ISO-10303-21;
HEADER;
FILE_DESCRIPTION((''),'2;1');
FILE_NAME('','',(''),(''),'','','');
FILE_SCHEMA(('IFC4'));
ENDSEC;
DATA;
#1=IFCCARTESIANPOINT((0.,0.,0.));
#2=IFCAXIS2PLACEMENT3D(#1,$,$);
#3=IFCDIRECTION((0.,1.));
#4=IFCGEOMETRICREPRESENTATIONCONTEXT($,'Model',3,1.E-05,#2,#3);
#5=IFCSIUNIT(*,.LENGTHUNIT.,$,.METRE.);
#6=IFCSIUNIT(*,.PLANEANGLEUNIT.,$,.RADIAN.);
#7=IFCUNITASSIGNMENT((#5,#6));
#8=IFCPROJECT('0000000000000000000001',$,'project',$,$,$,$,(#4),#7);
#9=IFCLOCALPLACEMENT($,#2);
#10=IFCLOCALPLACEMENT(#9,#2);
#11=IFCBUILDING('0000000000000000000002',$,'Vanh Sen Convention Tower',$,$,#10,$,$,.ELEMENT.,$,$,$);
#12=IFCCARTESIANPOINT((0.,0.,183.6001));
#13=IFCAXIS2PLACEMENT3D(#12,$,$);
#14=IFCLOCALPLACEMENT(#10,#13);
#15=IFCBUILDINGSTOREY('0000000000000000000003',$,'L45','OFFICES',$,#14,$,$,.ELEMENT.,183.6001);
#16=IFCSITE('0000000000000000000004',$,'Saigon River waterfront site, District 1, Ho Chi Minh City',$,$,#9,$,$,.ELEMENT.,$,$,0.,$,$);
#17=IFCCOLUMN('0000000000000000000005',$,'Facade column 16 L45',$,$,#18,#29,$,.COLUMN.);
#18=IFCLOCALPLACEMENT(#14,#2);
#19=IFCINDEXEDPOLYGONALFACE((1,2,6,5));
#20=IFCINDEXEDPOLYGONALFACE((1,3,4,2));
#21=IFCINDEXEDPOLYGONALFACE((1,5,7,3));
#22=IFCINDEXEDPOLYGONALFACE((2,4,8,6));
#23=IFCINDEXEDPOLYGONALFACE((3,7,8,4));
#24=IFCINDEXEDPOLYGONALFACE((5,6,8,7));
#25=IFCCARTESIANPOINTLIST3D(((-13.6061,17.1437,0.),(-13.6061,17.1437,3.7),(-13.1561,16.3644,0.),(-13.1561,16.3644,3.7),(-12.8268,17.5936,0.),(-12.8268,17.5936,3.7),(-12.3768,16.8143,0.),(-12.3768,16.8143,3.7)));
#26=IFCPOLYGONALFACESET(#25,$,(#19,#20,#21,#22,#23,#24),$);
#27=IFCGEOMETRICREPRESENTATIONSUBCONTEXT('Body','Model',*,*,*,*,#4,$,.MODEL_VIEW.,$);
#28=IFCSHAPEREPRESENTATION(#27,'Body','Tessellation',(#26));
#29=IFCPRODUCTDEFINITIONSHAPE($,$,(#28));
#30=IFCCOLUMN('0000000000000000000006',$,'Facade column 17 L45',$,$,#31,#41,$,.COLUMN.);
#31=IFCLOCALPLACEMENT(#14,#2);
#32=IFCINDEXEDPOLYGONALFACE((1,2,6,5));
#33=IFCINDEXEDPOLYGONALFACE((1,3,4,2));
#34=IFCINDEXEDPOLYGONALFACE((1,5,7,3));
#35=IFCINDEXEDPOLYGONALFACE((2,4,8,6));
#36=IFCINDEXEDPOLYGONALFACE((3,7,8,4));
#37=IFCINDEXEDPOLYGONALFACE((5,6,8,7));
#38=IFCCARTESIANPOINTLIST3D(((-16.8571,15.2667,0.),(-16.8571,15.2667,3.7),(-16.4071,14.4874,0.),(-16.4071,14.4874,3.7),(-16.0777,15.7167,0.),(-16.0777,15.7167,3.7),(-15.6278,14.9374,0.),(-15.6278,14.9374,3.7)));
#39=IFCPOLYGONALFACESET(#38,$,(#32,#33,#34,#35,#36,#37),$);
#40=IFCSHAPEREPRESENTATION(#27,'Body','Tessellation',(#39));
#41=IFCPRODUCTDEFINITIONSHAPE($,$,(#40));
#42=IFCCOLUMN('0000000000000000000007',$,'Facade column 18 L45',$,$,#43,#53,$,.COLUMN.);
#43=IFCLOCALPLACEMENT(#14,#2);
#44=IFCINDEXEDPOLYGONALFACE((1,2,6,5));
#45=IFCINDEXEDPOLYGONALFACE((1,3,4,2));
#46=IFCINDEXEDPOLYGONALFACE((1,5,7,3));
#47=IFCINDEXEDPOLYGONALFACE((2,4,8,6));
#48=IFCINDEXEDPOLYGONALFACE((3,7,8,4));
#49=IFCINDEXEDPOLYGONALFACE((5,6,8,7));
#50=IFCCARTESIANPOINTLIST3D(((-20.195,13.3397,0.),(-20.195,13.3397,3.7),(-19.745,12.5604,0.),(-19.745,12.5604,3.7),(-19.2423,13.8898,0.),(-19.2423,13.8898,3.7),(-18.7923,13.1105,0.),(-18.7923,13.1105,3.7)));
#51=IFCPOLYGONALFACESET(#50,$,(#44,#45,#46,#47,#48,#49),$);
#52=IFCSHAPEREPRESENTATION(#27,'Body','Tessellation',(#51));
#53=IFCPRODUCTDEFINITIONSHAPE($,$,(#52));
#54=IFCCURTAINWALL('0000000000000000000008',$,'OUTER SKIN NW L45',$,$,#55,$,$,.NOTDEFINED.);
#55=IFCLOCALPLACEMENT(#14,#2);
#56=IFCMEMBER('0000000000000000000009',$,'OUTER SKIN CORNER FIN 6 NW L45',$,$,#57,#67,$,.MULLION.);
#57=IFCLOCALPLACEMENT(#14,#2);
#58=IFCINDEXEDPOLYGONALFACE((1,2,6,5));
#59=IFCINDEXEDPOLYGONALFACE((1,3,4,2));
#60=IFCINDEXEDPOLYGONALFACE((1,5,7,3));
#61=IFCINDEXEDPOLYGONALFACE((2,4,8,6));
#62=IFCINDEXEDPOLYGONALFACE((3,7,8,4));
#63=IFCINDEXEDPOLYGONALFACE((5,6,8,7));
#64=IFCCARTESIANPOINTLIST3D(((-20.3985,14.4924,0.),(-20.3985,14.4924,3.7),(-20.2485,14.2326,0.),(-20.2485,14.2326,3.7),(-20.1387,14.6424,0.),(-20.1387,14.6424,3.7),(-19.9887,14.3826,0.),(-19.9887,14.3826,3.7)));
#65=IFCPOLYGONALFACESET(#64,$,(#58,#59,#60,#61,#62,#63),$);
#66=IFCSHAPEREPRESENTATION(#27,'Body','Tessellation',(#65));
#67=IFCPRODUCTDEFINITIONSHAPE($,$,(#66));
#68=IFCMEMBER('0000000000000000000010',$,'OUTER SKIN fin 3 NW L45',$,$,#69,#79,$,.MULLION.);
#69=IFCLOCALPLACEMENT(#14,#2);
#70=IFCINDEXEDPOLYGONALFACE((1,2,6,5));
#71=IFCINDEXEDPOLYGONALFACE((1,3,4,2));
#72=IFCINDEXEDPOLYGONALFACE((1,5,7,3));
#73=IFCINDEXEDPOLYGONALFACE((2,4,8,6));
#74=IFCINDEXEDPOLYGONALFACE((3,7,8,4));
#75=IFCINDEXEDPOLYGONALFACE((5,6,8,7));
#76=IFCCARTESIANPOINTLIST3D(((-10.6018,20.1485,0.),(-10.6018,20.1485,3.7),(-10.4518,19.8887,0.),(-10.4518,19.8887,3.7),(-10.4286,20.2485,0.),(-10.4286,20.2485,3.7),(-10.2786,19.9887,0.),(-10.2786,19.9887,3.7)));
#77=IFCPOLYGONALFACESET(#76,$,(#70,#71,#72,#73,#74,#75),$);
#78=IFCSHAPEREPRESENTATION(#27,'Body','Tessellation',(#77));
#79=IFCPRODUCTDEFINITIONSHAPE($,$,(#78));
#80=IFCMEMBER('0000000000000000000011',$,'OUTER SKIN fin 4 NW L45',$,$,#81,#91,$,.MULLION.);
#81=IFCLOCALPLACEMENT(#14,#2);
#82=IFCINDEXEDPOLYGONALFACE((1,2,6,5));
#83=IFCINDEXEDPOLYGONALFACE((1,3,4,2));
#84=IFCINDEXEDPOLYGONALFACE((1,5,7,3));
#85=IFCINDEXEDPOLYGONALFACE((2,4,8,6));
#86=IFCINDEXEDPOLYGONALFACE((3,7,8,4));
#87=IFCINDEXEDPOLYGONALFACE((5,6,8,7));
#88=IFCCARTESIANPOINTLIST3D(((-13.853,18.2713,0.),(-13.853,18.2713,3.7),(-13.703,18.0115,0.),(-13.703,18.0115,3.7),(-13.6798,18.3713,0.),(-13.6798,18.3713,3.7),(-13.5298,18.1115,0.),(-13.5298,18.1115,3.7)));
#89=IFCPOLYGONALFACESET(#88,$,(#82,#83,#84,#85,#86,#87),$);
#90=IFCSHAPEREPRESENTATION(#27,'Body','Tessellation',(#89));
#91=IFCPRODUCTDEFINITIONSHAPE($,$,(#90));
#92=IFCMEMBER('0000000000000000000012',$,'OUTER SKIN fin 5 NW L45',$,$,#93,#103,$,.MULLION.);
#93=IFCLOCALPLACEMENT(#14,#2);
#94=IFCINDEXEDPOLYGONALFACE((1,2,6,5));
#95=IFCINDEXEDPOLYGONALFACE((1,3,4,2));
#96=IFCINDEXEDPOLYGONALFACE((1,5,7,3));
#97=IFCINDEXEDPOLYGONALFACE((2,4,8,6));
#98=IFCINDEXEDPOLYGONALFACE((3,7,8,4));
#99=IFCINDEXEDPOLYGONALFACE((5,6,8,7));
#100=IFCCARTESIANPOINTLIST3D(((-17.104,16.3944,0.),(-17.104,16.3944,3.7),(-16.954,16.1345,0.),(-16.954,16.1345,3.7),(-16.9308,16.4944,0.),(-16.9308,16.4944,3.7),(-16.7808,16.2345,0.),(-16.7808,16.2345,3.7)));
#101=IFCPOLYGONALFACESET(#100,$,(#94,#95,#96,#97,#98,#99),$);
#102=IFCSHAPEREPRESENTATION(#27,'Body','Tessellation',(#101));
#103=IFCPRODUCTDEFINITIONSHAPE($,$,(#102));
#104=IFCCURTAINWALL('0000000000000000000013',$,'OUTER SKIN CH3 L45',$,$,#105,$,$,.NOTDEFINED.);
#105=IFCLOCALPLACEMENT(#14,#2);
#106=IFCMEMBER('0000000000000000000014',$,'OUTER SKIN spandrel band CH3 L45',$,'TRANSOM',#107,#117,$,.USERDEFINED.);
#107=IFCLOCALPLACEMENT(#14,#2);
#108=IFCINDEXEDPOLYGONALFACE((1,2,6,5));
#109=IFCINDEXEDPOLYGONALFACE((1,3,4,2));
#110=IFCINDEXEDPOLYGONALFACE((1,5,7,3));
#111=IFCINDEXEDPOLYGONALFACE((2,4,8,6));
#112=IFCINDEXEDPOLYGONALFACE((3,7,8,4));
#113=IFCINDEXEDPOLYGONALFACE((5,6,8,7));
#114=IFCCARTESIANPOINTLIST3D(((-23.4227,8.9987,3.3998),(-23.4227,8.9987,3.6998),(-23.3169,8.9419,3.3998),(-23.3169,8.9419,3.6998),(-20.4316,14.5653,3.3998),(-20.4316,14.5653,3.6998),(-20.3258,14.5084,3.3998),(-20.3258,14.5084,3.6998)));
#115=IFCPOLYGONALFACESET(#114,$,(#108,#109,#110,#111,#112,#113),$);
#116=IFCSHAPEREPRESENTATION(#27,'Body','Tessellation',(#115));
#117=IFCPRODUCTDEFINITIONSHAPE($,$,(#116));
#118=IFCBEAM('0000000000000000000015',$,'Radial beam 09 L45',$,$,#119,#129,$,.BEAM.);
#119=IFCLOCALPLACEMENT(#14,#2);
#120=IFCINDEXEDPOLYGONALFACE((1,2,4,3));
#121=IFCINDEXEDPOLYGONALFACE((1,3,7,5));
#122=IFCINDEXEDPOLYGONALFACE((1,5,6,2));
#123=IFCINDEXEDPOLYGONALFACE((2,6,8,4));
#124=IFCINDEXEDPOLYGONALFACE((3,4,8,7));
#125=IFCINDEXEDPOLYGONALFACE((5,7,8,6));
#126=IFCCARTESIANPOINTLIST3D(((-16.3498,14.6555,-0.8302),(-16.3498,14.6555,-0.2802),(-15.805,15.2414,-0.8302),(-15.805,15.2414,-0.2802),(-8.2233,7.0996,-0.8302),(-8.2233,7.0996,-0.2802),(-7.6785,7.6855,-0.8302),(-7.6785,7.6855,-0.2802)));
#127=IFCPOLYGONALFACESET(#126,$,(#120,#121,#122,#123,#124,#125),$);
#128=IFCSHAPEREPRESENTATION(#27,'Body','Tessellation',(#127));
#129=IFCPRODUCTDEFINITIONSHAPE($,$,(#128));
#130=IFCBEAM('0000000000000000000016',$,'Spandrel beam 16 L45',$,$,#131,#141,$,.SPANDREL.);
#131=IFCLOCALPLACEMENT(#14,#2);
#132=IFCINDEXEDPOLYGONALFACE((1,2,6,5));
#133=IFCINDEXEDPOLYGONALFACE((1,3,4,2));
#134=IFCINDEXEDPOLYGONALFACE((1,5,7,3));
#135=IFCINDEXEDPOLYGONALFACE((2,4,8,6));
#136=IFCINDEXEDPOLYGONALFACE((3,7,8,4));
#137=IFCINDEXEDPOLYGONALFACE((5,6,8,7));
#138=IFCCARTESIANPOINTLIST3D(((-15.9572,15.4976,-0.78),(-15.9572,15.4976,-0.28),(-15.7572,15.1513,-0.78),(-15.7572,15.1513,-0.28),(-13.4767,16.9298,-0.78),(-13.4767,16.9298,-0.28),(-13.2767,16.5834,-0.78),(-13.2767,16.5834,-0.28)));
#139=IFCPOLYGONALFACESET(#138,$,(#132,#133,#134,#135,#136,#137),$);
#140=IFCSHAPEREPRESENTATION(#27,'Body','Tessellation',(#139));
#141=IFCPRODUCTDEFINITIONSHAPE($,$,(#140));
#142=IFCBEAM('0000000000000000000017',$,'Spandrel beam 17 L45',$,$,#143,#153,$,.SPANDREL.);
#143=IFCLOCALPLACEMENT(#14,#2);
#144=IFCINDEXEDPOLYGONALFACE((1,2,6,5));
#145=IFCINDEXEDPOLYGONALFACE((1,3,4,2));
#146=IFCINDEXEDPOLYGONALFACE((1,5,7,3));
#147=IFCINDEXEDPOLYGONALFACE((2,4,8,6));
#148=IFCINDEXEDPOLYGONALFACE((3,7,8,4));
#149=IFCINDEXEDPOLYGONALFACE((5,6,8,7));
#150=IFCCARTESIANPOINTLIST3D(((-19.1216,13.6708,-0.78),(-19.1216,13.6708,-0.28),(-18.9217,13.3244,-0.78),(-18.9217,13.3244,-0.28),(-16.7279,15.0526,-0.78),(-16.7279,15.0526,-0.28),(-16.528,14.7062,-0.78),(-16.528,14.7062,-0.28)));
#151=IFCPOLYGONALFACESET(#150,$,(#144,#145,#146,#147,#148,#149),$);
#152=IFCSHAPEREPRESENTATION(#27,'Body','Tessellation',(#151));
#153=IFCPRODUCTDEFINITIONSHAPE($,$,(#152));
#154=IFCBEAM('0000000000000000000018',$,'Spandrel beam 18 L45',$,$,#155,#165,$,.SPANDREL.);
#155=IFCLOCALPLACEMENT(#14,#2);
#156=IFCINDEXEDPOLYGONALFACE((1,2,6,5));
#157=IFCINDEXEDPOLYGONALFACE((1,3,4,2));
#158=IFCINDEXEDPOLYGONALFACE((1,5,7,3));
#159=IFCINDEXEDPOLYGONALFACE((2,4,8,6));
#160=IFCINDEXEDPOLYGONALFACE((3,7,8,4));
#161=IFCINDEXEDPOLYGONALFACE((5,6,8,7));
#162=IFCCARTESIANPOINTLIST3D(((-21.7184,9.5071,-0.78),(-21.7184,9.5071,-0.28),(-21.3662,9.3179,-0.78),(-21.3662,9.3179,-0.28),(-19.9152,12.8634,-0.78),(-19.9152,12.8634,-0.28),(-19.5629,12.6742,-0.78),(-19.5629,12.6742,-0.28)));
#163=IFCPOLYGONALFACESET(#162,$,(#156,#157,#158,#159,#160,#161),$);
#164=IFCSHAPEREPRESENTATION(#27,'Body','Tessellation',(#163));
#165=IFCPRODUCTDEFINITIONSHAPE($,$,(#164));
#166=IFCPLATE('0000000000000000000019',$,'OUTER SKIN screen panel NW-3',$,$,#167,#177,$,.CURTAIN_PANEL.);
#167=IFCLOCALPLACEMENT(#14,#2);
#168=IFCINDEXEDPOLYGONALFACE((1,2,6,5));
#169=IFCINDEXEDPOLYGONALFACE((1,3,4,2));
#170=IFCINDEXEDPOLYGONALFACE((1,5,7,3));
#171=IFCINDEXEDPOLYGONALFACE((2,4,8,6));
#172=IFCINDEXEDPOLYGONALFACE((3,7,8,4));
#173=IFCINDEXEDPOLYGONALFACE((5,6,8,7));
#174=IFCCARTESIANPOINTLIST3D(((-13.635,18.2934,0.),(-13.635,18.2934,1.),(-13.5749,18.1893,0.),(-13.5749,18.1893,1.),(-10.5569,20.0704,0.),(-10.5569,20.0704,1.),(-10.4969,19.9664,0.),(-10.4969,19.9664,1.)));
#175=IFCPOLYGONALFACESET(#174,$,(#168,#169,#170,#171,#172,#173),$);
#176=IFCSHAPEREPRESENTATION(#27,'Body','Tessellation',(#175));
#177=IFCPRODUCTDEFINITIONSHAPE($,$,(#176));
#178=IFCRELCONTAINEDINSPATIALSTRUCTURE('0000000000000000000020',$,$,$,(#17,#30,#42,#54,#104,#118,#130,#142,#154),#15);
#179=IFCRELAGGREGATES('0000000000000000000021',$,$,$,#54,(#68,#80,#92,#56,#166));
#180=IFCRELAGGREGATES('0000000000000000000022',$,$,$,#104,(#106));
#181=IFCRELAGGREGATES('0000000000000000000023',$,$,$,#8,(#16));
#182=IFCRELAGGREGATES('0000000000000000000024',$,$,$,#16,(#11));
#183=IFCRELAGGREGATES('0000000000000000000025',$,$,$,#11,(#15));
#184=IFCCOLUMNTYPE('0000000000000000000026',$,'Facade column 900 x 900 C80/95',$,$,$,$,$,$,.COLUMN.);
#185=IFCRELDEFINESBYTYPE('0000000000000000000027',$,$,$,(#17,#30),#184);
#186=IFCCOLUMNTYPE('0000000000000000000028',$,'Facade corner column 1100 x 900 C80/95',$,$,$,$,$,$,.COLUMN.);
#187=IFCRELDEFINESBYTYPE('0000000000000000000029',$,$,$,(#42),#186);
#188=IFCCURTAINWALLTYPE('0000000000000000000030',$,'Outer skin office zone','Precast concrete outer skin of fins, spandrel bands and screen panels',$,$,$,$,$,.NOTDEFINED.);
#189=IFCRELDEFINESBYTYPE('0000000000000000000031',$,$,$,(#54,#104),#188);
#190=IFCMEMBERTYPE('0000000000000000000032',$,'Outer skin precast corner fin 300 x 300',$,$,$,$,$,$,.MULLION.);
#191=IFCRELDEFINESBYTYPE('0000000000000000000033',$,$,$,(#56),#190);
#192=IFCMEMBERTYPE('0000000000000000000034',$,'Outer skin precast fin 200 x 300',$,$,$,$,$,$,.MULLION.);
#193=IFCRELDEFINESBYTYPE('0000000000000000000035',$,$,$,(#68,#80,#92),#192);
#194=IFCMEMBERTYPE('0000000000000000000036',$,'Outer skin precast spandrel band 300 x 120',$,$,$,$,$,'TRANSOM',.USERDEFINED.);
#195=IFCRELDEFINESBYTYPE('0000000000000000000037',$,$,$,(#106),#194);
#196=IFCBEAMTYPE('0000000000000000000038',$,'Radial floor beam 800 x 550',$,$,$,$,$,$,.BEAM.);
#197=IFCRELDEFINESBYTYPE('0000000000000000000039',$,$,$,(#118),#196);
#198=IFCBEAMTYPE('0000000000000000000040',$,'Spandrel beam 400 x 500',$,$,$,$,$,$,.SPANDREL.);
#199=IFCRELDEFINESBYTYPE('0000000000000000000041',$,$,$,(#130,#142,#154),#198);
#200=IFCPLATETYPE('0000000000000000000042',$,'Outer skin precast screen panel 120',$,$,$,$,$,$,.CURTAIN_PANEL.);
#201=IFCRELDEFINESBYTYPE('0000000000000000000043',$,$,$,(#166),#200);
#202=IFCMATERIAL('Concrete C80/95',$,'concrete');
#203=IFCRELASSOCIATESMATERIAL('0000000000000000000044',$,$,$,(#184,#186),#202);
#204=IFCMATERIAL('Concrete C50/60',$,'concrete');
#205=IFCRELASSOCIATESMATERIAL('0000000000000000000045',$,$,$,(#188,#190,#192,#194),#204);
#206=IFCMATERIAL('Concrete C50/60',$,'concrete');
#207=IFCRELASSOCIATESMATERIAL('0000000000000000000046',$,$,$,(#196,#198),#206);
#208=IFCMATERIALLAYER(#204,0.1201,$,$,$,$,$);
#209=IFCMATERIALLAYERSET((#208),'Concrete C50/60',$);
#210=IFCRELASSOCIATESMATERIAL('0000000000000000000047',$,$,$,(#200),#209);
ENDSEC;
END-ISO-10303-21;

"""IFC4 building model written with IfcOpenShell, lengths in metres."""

from ifc_helpers import new_model, si_unit, direction, frame, origin, origin_2d, place, context, subcontext, project, spatial, rectangle, extrude, material, layer, layer_set, material_profile, profile_set, type_object, element, aggregate, save


model = new_model("IFC4")

# Units and contexts
model_context = context("Model", 3, precision=1e-05, world=origin(), true_north=direction((0.0, 1.0)))
body_context = subcontext(model_context, "Body", "Model", "MODEL_VIEW")
ifc_project = project(units=[si_unit("LENGTHUNIT", "METRE"), si_unit("PLANEANGLEUNIT", "RADIAN")], contexts=[model_context])

# Site, building, storey
site_placement = place(None, origin())
site = spatial("IfcSite", under=ifc_project, at=site_placement, Name="Saigon River waterfront site, District 1, Ho Chi Minh City", CompositionType="ELEMENT", RefElevation=0.0)
building_placement = place(site_placement, origin())
building = spatial("IfcBuilding", under=site, at=building_placement, Name="Vanh Sen Convention Tower", CompositionType="ELEMENT")
storey_placement = place(building_placement, frame((0.0, 0.0, 183.6001)))
storey = spatial("IfcBuildingStorey", under=building, at=storey_placement, Name="L45", Description="OFFICES", CompositionType="ELEMENT", Elevation=183.6001)

# Columns
ifc_material_1 = material(Name="Concrete C80/95", Category="concrete")
ifc_material_profile_1 = material_profile(ifc_material_1, rectangle(XDim=0.8999, YDim=0.8999, at=origin_2d()), Name="RC 900X900")
ifc_profile_set_1 = profile_set([ifc_material_profile_1], Name="Concrete C80/95")
column_type_1 = type_object("IfcColumnType", Name="Facade column 900 x 900 C80/95", PredefinedType="COLUMN", material=ifc_profile_set_1)
for number, where, z_axis, x_axis, name in (
    (1, (-12.9915, 16.979, 0.0), (0.0, 0.0, 1.0), (-0.866025, -0.5, 0.0), "Facade column 16 L45"),
    (2, (-16.2424, 15.1021, 0.0), (0.0, 0.0, 1.0), (-0.866025, -0.5, 0.0), "Facade column 17 L45"),
):
    element("IfcColumn", number, at=place(storey_placement, frame(where, z_axis=z_axis, x_axis=x_axis)), inside=storey, type_object=column_type_1, Name=name, PredefinedType="COLUMN", context=body_context, shape_type="SweptSolid", body=[
        extrude(rectangle(XDim=0.8999, YDim=0.8999, at=origin_2d()), origin(), (0.0, 0.0, 1.0), 3.7),
    ])
ifc_material_profile_2 = material_profile(ifc_material_1, rectangle(XDim=1.1001, YDim=0.8999, at=origin_2d()), Name="RC 1100X900")
ifc_profile_set_2 = profile_set([ifc_material_profile_2], Name="Concrete C80/95")
column_type_2 = type_object("IfcColumnType", Name="Facade corner column 1100 x 900 C80/95", PredefinedType="COLUMN", material=ifc_profile_set_2)
column_placement = place(storey_placement, frame((-19.4937, 13.2251, 0.0), z_axis=(0.0, 0.0, 1.0), x_axis=(-0.866025, -0.5, 0.0)))
element("IfcColumn", 3, at=column_placement, inside=storey, type_object=column_type_2, Name="Facade column 18 L45", PredefinedType="COLUMN", context=body_context, shape_type="SweptSolid", body=[
    extrude(rectangle(XDim=1.1001, YDim=0.8999, at=origin_2d()), origin(), (0.0, 0.0, 1.0), 3.7),
])

# Curtain wall, members
ifc_material_2 = material(Name="Concrete C50/60", Category="concrete")
curtain_wall_type = type_object("IfcCurtainWallType", Name="Outer skin office zone", Description="Precast concrete outer skin of fins, spandrel bands and screen panels", PredefinedType="NOTDEFINED", material=ifc_material_2)
curtain_wall_1_placement = place(storey_placement, origin())
curtain_wall_1 = element("IfcCurtainWall", 4, at=curtain_wall_1_placement, inside=storey, type_object=curtain_wall_type, Name="OUTER SKIN NW L45", PredefinedType="NOTDEFINED")
ifc_material_profile_3 = material_profile(ifc_material_2, rectangle(XDim=0.3, YDim=0.3, at=origin_2d()), Name="Outer skin precast corner fin 300 x 300")
ifc_profile_set_3 = profile_set([ifc_material_profile_3], Name="Concrete C50/60")
member_type_1 = type_object("IfcMemberType", Name="Outer skin precast corner fin 300 x 300", PredefinedType="MULLION", material=ifc_profile_set_3)
member_1_placement = place(storey_placement, frame((-20.1936, 14.4375, 0.0), z_axis=(0.0, 0.0, 1.0), x_axis=(-0.866025, -0.5, 0.0)))
member_1 = element("IfcMember", 5, at=member_1_placement, type_object=member_type_1, Name="OUTER SKIN CORNER FIN 6 NW L45", PredefinedType="MULLION", context=body_context, shape_type="SweptSolid", body=[
    extrude(rectangle(XDim=0.3, YDim=0.3, at=origin_2d()), origin(), (0.0, 0.0, 1.0), 3.7),
])
ifc_material_profile_4 = material_profile(ifc_material_2, rectangle(XDim=0.2, YDim=0.3, at=origin_2d()), Name="Outer skin precast fin 200 x 300")
ifc_profile_set_4 = profile_set([ifc_material_profile_4], Name="Concrete C50/60")
member_type_2 = type_object("IfcMemberType", Name="Outer skin precast fin 200 x 300", PredefinedType="MULLION", material=ifc_profile_set_4)
member_2_placement = place(storey_placement, frame((-10.4402, 20.0686, 0.0), z_axis=(0.0, 0.0, 1.0), x_axis=(-0.866025, -0.5, 0.0)))
member_2 = element("IfcMember", 6, at=member_2_placement, type_object=member_type_2, Name="OUTER SKIN fin 3 NW L45", PredefinedType="MULLION", context=body_context, shape_type="SweptSolid", body=[
    extrude(rectangle(XDim=0.2, YDim=0.3, at=origin_2d()), origin(), (0.0, 0.0, 1.0), 3.7),
])
member_3_placement = place(storey_placement, frame((-13.6914, 18.1914, 0.0), z_axis=(0.0, 0.0, 1.0), x_axis=(-0.866025, -0.5, 0.0)))
member_3 = element("IfcMember", 7, at=member_3_placement, type_object=member_type_2, Name="OUTER SKIN fin 4 NW L45", PredefinedType="MULLION", context=body_context, shape_type="SweptSolid", body=[
    extrude(rectangle(XDim=0.2, YDim=0.3, at=origin_2d()), origin(), (0.0, 0.0, 1.0), 3.7),
])
member_4_placement = place(storey_placement, frame((-16.9424, 16.3145, 0.0), z_axis=(0.0, 0.0, 1.0), x_axis=(-0.866025, -0.5, 0.0)))
member_4 = element("IfcMember", 8, at=member_4_placement, type_object=member_type_2, Name="OUTER SKIN fin 5 NW L45", PredefinedType="MULLION", context=body_context, shape_type="SweptSolid", body=[
    extrude(rectangle(XDim=0.2, YDim=0.3, at=origin_2d()), origin(), (0.0, 0.0, 1.0), 3.7),
])

# Curtain wall, member
curtain_wall_2_placement = place(storey_placement, origin())
curtain_wall_2 = element("IfcCurtainWall", 9, at=curtain_wall_2_placement, inside=storey, type_object=curtain_wall_type, Name="OUTER SKIN CH3 L45", PredefinedType="NOTDEFINED")
ifc_material_profile_5 = material_profile(ifc_material_2, rectangle(XDim=0.1201, YDim=0.3, at=origin_2d()), Name="Outer skin precast spandrel band 300 x 120")
ifc_profile_set_5 = profile_set([ifc_material_profile_5], Name="Concrete C50/60")
member_type_3 = type_object("IfcMemberType", Name="Outer skin precast spandrel band 300 x 120", ElementType="TRANSOM", PredefinedType="USERDEFINED", material=ifc_profile_set_5)
member_5_placement = place(storey_placement, frame((-20.3787, 14.5369, 3.5498), z_axis=(-0.473337, -0.880881, 0.0), x_axis=(0.880881, -0.473337, 0.0)))
member_5 = element("IfcMember", 10, at=member_5_placement, type_object=member_type_3, Name="OUTER SKIN spandrel band CH3 L45", ObjectType="TRANSOM", PredefinedType="USERDEFINED", context=body_context, shape_type="SweptSolid", body=[
    extrude(rectangle(XDim=0.1201, YDim=0.3, at=origin_2d()), origin(), (0.0, 0.0, 1.0), 6.3193),
])

# Beams
ifc_material_3 = material(Name="Concrete C50/60", Category="concrete")
ifc_material_profile_6 = material_profile(ifc_material_3, rectangle(XDim=0.8, YDim=0.55, at=origin_2d()), Name="RC 800X550")
ifc_profile_set_6 = profile_set([ifc_material_profile_6], Name="Concrete C50/60")
beam_type_1 = type_object("IfcBeamType", Name="Radial floor beam 800 x 550", PredefinedType="BEAM", material=ifc_profile_set_6)
beam_1_placement = place(storey_placement, frame((-16.0774, 14.9485, -0.5552), z_axis=(0.732348, -0.68093, 0.0), x_axis=(0.68093, 0.732348, 0.0)))
element("IfcBeam", 11, at=beam_1_placement, inside=storey, type_object=beam_type_1, Name="Radial beam 09 L45", PredefinedType="BEAM", context=body_context, shape_type="SweptSolid", body=[
    extrude(rectangle(XDim=0.8, YDim=0.55, at=origin_2d()), origin(), (0.0, 0.0, 1.0), 11.0964),
])
ifc_material_profile_7 = material_profile(ifc_material_3, rectangle(XDim=0.3999, YDim=0.5, at=origin_2d()), Name="RC 400X500")
ifc_profile_set_7 = profile_set([ifc_material_profile_7], Name="Concrete C50/60")
beam_type_2 = type_object("IfcBeamType", Name="Spandrel beam 400 x 500", PredefinedType="SPANDREL", material=ifc_profile_set_7)
beam_2_placement = place(storey_placement, frame((-13.3767, 16.7566, -0.53), z_axis=(-0.866021, -0.500008, 0.0), x_axis=(0.500008, -0.866021, 0.0)))
element("IfcBeam", 12, at=beam_2_placement, inside=storey, type_object=beam_type_2, Name="Spandrel beam 16 L45", PredefinedType="SPANDREL", context=body_context, shape_type="SweptSolid", body=[
    extrude(rectangle(XDim=0.3999, YDim=0.5, at=origin_2d()), origin(), (0.0, 0.0, 1.0), 2.8643),
])
beam_3_placement = place(storey_placement, frame((-16.6279, 14.8794, -0.53), z_axis=(-0.866061, -0.499939, 0.0), x_axis=(0.499939, -0.866061, 0.0)))
element("IfcBeam", 13, at=beam_3_placement, inside=storey, type_object=beam_type_2, Name="Spandrel beam 17 L45", PredefinedType="SPANDREL", context=body_context, shape_type="SweptSolid", body=[
    extrude(rectangle(XDim=0.3999, YDim=0.5, at=origin_2d()), origin(), (0.0, 0.0, 1.0), 2.7639),
])
beam_4_placement = place(storey_placement, frame((-19.739, 12.7688, -0.53), z_axis=(-0.473293, -0.880905, 0.0), x_axis=(0.880905, -0.473293, 0.0)))
element("IfcBeam", 14, at=beam_4_placement, inside=storey, type_object=beam_type_2, Name="Spandrel beam 18 L45", PredefinedType="SPANDREL", context=body_context, shape_type="SweptSolid", body=[
    extrude(rectangle(XDim=0.3999, YDim=0.5, at=origin_2d()), origin(), (0.0, 0.0, 1.0), 3.8101),
])

# Plate
ifc_layer_1 = layer(ifc_material_2, 0.1201)
ifc_layer_set_1 = layer_set([ifc_layer_1], Name="Concrete C50/60")
plate_type = type_object("IfcPlateType", Name="Outer skin precast screen panel 120", PredefinedType="CURTAIN_PANEL", material=ifc_layer_set_1)
plate_1_placement = place(storey_placement, frame((-12.0659, 19.1299, 0.0), z_axis=(0.0, 0.0, 1.0), x_axis=(-0.866035, -0.499983, 0.0)))
plate_1 = element("IfcPlate", 15, at=plate_1_placement, type_object=plate_type, Name="OUTER SKIN screen panel NW-3", PredefinedType="CURTAIN_PANEL", context=body_context, shape_type="SweptSolid", body=[
    extrude(rectangle(XDim=3.5542, YDim=0.1201, at=origin_2d()), origin(), (0.0, 0.0, 1.0), 1.0),
])
aggregate(curtain_wall_1, [member_2, member_3, member_4, member_1, plate_1])
aggregate(curtain_wall_2, [member_5])

save(model, "model.ifc")
